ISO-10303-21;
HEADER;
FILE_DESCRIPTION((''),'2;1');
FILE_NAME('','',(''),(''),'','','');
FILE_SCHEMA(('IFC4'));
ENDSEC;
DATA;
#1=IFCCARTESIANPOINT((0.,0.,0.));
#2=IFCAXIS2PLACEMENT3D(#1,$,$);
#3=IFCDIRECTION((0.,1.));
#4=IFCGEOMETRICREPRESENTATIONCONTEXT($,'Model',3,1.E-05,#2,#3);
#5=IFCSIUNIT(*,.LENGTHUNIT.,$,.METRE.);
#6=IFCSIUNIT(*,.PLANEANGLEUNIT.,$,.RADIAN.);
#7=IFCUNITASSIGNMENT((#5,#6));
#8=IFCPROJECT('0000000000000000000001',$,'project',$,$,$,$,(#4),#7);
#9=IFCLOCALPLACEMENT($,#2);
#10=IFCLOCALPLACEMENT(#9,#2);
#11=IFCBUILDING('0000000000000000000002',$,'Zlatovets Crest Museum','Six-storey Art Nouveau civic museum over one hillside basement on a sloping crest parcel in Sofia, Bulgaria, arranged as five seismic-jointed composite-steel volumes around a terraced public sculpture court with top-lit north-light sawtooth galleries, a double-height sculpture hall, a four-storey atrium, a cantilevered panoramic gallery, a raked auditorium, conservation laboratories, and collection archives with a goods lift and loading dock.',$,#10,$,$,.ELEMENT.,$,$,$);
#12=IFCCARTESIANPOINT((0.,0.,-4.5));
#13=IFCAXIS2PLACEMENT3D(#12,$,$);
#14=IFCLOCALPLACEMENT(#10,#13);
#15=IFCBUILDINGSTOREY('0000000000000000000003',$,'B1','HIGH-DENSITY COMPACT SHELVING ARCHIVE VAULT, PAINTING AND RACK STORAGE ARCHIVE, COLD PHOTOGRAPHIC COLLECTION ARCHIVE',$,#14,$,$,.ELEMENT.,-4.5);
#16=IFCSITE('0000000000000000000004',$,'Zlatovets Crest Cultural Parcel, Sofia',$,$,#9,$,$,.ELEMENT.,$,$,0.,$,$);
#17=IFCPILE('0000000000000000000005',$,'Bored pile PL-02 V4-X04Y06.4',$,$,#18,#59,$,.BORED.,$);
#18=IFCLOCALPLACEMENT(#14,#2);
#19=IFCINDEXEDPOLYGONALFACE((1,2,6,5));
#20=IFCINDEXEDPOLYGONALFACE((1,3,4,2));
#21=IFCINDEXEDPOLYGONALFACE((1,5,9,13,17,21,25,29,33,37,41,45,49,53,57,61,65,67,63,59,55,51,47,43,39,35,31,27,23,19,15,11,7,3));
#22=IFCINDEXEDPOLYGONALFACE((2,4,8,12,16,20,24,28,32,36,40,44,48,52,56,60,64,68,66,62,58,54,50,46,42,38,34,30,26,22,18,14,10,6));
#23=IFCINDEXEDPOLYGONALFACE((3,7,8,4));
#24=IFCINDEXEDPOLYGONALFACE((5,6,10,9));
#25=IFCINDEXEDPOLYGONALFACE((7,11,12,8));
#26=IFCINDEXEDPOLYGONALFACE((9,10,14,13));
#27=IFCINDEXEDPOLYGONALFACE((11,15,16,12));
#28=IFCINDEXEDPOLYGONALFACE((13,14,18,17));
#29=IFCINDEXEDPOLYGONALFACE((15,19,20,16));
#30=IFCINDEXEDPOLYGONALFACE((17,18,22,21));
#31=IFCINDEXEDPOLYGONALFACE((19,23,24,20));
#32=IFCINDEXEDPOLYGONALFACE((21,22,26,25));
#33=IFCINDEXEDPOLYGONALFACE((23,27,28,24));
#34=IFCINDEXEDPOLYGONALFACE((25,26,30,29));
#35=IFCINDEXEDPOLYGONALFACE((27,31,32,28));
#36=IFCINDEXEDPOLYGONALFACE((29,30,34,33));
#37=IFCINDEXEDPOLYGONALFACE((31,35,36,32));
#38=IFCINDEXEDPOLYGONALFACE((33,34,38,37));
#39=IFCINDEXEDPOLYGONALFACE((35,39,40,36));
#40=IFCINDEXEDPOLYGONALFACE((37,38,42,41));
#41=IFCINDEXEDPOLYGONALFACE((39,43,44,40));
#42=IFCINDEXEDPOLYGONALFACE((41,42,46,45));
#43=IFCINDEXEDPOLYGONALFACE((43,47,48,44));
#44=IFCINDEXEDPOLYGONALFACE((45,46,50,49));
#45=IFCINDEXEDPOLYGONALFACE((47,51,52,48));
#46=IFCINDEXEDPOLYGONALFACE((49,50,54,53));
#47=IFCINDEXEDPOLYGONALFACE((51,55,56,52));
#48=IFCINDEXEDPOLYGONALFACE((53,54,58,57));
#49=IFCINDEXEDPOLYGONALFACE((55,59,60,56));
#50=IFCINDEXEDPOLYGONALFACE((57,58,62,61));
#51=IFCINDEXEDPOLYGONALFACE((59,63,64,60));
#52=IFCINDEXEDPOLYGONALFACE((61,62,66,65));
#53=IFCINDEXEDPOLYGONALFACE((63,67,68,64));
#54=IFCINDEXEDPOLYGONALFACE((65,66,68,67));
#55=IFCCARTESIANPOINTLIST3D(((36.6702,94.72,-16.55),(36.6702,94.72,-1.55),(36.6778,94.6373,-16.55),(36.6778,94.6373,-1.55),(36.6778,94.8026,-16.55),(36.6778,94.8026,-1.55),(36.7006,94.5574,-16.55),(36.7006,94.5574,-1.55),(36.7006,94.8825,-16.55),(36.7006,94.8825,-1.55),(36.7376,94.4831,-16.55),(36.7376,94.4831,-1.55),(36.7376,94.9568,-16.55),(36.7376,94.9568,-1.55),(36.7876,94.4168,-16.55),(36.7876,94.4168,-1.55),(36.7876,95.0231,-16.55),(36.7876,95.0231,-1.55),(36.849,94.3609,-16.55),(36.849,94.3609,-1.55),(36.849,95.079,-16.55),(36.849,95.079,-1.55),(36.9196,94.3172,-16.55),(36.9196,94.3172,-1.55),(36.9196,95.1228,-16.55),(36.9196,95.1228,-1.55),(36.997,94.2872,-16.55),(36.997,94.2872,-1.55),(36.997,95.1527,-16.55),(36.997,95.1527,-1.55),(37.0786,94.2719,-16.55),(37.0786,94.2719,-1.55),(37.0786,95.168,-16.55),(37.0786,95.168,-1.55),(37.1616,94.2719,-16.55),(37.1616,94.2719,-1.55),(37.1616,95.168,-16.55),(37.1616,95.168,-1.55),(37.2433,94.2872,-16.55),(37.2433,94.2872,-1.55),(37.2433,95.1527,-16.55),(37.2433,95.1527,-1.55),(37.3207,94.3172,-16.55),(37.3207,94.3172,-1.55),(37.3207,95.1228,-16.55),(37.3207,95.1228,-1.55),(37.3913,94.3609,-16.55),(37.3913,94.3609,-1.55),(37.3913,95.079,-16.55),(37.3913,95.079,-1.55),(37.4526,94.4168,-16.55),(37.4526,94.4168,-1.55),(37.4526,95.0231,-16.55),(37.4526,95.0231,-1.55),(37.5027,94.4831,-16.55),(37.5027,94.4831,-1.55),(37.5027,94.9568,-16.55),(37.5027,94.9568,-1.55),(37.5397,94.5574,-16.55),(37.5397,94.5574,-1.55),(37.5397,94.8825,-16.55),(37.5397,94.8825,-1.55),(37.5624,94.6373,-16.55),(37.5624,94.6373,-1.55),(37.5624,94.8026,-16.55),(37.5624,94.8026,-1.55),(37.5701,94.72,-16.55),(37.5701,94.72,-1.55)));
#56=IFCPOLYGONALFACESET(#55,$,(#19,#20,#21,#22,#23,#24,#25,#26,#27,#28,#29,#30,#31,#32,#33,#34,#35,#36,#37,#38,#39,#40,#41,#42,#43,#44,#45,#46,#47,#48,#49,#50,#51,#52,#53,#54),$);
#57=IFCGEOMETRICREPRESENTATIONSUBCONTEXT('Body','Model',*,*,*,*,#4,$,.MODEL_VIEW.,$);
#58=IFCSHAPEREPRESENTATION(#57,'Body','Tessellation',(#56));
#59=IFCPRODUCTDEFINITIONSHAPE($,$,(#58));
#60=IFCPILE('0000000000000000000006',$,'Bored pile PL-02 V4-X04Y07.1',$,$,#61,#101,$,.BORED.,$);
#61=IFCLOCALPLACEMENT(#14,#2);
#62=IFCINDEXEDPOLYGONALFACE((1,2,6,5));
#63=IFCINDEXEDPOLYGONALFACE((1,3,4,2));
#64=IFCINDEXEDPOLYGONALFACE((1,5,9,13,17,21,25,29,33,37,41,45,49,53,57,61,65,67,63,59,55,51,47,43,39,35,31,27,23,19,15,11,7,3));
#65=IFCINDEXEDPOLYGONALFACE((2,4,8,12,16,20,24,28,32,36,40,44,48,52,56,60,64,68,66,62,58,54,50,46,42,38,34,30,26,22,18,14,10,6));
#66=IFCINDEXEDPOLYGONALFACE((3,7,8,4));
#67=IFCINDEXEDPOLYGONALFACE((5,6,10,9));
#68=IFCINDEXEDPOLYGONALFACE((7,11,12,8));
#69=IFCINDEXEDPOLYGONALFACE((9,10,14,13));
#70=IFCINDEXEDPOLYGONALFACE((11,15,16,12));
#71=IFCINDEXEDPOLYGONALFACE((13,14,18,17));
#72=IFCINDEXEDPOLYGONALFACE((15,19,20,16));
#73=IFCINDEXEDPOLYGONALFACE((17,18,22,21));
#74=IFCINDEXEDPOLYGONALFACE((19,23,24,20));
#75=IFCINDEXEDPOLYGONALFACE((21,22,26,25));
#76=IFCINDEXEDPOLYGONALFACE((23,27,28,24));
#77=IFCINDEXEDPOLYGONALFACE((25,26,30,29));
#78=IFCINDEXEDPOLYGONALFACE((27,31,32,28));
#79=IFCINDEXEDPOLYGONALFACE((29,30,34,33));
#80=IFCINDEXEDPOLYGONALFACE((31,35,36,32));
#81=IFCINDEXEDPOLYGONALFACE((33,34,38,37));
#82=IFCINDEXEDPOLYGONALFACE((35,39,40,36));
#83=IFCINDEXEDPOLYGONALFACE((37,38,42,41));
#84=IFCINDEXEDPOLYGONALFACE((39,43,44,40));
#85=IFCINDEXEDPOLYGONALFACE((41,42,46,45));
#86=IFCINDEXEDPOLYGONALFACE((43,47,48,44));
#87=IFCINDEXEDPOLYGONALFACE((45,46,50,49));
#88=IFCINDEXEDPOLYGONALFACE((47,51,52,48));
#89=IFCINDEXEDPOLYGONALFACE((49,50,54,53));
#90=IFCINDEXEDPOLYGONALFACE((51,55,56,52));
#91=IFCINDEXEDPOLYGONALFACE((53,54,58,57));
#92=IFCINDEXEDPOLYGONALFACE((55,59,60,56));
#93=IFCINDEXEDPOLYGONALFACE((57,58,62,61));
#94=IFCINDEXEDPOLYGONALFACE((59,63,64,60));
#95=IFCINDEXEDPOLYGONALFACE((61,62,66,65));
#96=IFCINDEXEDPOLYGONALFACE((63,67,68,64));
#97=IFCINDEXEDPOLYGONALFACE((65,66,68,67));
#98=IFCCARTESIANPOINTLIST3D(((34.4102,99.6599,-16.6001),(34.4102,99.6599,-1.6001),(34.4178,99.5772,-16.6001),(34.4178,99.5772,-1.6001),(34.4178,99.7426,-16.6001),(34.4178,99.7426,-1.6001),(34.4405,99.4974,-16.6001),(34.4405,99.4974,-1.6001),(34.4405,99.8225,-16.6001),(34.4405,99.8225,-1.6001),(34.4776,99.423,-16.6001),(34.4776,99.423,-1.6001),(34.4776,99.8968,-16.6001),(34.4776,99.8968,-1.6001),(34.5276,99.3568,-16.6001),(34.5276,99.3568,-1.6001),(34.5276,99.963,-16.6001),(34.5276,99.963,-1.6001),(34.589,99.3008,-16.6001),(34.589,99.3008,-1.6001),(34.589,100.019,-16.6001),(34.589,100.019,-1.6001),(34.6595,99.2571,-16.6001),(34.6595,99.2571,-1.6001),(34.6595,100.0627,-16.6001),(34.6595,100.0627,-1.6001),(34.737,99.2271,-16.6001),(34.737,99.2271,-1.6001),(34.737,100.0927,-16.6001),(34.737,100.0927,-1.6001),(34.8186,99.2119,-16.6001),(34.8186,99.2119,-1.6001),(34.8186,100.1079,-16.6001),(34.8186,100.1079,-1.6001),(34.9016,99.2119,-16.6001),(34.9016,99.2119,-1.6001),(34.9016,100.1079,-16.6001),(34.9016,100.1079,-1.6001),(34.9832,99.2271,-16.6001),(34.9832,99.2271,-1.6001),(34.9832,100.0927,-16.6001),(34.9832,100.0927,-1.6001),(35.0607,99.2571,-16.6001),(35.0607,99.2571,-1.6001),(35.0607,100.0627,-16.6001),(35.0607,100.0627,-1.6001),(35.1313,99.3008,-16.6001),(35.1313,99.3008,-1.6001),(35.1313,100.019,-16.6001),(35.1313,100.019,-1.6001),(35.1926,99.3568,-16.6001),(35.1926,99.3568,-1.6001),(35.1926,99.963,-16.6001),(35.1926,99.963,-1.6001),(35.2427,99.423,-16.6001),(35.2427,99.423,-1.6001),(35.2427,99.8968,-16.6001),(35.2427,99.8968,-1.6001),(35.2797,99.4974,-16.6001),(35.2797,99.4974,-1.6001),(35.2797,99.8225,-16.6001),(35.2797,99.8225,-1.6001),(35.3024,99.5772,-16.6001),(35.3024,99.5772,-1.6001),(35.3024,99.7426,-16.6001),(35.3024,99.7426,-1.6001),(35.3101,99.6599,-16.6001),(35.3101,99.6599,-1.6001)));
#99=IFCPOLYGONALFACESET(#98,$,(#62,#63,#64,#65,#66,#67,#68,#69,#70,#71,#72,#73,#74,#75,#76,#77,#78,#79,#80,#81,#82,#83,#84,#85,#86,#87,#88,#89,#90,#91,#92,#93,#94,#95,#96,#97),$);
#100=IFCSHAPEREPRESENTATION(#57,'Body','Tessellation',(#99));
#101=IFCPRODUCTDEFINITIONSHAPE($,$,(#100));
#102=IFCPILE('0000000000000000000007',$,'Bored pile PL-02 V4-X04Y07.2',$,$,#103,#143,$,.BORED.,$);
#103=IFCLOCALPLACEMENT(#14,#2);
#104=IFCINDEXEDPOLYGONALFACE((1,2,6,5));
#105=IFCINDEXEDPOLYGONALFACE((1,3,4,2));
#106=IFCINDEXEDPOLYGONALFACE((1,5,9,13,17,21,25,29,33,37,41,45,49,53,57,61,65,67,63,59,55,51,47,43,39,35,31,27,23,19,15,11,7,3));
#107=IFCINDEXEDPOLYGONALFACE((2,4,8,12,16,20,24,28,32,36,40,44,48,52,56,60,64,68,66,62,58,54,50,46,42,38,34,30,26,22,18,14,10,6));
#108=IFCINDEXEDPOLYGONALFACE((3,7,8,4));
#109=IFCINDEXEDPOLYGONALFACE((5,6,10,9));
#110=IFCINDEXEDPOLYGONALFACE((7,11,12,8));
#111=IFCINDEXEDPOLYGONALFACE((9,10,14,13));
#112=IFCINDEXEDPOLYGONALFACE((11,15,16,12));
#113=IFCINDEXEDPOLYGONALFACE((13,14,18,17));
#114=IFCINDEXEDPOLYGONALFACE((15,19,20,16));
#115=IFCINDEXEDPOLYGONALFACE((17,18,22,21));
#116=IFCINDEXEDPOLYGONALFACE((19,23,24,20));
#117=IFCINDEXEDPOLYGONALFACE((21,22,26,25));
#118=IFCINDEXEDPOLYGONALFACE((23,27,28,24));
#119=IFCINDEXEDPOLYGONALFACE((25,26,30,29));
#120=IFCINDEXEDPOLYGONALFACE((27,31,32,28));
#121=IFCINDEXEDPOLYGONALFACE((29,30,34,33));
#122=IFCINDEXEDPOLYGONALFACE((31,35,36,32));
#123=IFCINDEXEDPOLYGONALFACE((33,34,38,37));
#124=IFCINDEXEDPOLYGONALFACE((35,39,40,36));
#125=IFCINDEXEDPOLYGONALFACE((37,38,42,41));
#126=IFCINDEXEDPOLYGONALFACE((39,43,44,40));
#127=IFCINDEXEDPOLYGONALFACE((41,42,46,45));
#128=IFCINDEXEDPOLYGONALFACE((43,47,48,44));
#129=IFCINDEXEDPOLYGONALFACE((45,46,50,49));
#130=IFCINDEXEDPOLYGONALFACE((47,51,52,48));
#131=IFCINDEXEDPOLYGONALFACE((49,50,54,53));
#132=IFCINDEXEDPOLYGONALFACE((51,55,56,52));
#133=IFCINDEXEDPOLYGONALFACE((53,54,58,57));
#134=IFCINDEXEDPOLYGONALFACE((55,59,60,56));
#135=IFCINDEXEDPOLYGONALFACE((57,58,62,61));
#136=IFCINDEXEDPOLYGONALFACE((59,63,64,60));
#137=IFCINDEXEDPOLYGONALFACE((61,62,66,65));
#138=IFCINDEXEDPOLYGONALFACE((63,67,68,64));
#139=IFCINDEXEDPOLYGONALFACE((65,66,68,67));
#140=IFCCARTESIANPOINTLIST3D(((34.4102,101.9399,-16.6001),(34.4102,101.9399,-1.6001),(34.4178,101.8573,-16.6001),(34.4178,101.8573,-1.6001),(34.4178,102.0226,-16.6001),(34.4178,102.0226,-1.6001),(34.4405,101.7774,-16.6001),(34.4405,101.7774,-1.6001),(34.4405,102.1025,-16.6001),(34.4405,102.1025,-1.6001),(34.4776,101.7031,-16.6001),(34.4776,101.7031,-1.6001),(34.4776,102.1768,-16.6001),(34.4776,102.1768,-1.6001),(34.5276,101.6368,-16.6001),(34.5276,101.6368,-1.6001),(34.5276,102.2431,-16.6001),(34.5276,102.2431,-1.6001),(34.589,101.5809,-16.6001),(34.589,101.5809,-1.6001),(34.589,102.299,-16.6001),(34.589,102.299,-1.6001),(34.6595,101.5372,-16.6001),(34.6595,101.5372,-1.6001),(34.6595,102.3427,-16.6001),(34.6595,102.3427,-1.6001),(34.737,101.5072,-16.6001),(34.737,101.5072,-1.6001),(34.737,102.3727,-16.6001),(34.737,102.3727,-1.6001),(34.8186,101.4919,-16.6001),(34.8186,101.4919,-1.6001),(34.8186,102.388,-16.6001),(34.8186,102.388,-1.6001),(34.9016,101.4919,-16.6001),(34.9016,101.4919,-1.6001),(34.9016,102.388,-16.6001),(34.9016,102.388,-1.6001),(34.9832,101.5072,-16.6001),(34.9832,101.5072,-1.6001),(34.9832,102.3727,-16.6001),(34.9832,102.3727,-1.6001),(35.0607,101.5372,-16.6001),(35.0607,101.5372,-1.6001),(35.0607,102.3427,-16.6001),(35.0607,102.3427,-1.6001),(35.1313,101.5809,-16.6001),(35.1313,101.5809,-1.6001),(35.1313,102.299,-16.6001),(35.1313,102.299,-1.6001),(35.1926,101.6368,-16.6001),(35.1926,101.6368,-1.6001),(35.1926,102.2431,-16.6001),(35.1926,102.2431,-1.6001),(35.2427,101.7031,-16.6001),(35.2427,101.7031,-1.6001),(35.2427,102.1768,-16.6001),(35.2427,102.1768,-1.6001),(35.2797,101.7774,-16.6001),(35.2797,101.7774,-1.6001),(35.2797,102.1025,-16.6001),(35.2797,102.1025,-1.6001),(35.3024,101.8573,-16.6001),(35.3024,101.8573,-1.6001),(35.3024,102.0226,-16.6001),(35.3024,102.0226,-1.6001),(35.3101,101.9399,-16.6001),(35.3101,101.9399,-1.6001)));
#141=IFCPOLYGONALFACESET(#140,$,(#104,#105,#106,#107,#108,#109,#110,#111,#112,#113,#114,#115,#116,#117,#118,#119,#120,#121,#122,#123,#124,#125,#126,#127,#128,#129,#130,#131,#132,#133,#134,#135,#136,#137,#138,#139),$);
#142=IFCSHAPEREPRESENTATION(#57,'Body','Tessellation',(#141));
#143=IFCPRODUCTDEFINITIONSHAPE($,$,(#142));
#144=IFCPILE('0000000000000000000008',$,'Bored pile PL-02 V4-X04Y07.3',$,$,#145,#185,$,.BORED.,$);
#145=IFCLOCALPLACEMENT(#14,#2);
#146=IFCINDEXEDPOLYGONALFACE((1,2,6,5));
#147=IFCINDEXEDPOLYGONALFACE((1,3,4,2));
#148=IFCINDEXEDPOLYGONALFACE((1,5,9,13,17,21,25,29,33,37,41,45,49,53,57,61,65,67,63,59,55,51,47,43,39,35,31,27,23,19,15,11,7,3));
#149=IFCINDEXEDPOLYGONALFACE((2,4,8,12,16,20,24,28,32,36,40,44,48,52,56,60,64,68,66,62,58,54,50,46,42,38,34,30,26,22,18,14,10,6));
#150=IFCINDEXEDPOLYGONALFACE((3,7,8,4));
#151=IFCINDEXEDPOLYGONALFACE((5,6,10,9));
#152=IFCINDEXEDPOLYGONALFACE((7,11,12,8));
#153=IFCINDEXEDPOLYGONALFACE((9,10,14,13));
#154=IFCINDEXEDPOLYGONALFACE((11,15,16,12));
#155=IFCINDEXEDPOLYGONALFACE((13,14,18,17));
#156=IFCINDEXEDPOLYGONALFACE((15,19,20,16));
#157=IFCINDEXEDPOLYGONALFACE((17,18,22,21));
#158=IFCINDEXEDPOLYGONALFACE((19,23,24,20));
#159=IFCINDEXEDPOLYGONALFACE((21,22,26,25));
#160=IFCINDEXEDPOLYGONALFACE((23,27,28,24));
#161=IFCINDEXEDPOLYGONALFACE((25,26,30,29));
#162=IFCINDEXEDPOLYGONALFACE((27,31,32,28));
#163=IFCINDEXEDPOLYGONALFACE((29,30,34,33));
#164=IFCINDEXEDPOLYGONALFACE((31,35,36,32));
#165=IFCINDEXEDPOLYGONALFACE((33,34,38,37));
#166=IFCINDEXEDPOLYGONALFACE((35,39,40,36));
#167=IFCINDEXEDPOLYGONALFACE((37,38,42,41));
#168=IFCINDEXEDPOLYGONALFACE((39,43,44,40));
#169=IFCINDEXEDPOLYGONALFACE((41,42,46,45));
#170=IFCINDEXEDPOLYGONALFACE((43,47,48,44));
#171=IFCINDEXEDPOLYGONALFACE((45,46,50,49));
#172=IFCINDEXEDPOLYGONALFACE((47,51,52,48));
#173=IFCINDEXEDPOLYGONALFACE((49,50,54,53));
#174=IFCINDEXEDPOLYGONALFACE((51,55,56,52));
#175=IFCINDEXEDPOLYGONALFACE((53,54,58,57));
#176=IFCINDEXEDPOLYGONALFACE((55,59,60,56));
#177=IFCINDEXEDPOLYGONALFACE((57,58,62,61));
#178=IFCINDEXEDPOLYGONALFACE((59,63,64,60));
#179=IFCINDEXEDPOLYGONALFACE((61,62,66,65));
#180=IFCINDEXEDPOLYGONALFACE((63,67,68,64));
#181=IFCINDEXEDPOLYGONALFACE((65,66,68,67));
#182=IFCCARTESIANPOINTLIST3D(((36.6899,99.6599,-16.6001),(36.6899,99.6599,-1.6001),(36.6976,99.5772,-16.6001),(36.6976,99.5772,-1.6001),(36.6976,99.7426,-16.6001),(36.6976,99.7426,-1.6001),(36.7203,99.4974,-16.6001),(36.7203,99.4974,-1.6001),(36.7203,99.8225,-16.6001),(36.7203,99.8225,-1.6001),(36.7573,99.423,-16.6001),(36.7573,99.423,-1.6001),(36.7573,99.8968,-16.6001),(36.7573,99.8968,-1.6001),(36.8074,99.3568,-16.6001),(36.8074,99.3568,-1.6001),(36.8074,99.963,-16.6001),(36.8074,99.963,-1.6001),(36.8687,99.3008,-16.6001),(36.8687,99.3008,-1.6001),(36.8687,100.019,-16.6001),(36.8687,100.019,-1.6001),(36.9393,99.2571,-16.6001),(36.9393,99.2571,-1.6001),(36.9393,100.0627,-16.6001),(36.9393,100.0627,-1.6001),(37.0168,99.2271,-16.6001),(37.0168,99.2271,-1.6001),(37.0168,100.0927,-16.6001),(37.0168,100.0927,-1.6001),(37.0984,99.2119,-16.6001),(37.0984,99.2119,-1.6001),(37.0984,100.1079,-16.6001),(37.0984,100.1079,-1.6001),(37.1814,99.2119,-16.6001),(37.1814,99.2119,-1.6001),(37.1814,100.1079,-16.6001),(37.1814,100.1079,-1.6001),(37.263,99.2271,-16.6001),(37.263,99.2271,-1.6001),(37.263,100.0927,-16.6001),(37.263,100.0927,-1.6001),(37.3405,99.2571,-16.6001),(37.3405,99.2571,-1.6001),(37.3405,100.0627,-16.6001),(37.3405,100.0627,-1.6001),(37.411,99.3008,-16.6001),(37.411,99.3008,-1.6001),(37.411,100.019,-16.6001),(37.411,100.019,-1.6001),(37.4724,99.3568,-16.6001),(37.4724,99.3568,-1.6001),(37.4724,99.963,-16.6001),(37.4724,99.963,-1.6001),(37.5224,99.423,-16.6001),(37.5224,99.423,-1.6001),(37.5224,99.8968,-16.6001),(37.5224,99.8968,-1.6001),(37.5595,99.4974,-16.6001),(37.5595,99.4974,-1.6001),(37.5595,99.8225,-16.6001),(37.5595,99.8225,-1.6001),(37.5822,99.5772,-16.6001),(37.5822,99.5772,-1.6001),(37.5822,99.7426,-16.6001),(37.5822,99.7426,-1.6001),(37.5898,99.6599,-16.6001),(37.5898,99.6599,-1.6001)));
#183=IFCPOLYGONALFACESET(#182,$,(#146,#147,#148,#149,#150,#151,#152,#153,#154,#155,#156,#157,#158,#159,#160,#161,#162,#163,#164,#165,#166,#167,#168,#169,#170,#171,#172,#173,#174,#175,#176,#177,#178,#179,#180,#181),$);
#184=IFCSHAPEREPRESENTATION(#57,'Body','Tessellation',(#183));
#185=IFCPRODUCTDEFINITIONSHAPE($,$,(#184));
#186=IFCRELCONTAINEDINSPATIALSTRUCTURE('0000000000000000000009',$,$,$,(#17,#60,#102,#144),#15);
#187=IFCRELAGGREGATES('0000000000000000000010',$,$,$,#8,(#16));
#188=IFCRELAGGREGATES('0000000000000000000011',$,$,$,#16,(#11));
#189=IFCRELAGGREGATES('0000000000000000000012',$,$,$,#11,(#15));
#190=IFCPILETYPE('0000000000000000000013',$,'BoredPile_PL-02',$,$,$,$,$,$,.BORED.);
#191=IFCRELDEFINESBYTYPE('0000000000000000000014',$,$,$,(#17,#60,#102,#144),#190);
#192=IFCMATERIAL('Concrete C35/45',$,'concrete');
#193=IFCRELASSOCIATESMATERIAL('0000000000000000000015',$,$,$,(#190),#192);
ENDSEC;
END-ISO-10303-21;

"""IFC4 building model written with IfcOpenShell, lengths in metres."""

from ifc_helpers import new_model, si_unit, direction, frame, origin, origin_2d, place, context, subcontext, project, spatial, circle, extrude, material, material_profile, profile_set, type_object, element, save


model = new_model("IFC4")

# Units and contexts
model_context = context("Model", 3, precision=1e-05, world=origin(), true_north=direction((0.0, 1.0)))
body_context = subcontext(model_context, "Body", "Model", "MODEL_VIEW")
ifc_project = project(units=[si_unit("LENGTHUNIT", "METRE"), si_unit("PLANEANGLEUNIT", "RADIAN")], contexts=[model_context])

# Site, building, storey
site_placement = place(None, origin())
site = spatial("IfcSite", under=ifc_project, at=site_placement, Name="Zlatovets Crest Cultural Parcel, Sofia", CompositionType="ELEMENT", RefElevation=0.0)
building_placement = place(site_placement, origin())
building = spatial("IfcBuilding", under=site, at=building_placement, Name="Zlatovets Crest Museum", Description="Six-storey Art Nouveau civic museum over one hillside basement on a sloping crest parcel in Sofia, Bulgaria, arranged as five seismic-jointed composite-steel volumes around a terraced public sculpture court with top-lit north-light sawtooth galleries, a double-height sculpture hall, a four-storey atrium, a cantilevered panoramic gallery, a raked auditorium, conservation laboratories, and collection archives with a goods lift and loading dock.", CompositionType="ELEMENT")
storey_placement = place(building_placement, frame((0.0, 0.0, -4.5)))
storey = spatial("IfcBuildingStorey", under=building, at=storey_placement, Name="B1", Description="HIGH-DENSITY COMPACT SHELVING ARCHIVE VAULT, PAINTING AND RACK STORAGE ARCHIVE, COLD PHOTOGRAPHIC COLLECTION ARCHIVE", CompositionType="ELEMENT", Elevation=-4.5)

# Piles
ifc_material_1 = material(Name="Concrete C35/45", Category="concrete")
ifc_material_profile_1 = material_profile(ifc_material_1, circle(Radius=0.45, at=origin_2d()), Name="PILE D900")
ifc_profile_set_1 = profile_set([ifc_material_profile_1], Name="Concrete C35/45")
pile_type_1 = type_object("IfcPileType", Name="BoredPile_PL-02", PredefinedType="BORED", material=ifc_profile_set_1)
for number, where, z_axis, x_axis, name in (
    (1, (37.1201, 94.72, -1.55), (0.0, 0.0, -1.0), (1.0, 0.0, 0.0), "Bored pile PL-02 V4-X04Y06.4"),
    (2, (34.8601, 99.6599, -1.6001), (0.0, 0.0, -1.0), (1.0, 0.0, 0.0), "Bored pile PL-02 V4-X04Y07.1"),
    (3, (34.8601, 101.9399, -1.6001), (0.0, 0.0, -1.0), (1.0, 0.0, 0.0), "Bored pile PL-02 V4-X04Y07.2"),
    (4, (37.1399, 99.6599, -1.6001), (0.0, 0.0, -1.0), (1.0, 0.0, 0.0), "Bored pile PL-02 V4-X04Y07.3"),
):
    element("IfcPile", number, at=place(storey_placement, frame(where, z_axis=z_axis, x_axis=x_axis)), inside=storey, type_object=pile_type_1, Name=name, PredefinedType="BORED", context=body_context, shape_type="SweptSolid", body=[
        extrude(circle(Radius=0.45, at=origin_2d()), origin(), (0.0, 0.0, 1.0), 15.0),
    ])

save(model, "model.ifc")
